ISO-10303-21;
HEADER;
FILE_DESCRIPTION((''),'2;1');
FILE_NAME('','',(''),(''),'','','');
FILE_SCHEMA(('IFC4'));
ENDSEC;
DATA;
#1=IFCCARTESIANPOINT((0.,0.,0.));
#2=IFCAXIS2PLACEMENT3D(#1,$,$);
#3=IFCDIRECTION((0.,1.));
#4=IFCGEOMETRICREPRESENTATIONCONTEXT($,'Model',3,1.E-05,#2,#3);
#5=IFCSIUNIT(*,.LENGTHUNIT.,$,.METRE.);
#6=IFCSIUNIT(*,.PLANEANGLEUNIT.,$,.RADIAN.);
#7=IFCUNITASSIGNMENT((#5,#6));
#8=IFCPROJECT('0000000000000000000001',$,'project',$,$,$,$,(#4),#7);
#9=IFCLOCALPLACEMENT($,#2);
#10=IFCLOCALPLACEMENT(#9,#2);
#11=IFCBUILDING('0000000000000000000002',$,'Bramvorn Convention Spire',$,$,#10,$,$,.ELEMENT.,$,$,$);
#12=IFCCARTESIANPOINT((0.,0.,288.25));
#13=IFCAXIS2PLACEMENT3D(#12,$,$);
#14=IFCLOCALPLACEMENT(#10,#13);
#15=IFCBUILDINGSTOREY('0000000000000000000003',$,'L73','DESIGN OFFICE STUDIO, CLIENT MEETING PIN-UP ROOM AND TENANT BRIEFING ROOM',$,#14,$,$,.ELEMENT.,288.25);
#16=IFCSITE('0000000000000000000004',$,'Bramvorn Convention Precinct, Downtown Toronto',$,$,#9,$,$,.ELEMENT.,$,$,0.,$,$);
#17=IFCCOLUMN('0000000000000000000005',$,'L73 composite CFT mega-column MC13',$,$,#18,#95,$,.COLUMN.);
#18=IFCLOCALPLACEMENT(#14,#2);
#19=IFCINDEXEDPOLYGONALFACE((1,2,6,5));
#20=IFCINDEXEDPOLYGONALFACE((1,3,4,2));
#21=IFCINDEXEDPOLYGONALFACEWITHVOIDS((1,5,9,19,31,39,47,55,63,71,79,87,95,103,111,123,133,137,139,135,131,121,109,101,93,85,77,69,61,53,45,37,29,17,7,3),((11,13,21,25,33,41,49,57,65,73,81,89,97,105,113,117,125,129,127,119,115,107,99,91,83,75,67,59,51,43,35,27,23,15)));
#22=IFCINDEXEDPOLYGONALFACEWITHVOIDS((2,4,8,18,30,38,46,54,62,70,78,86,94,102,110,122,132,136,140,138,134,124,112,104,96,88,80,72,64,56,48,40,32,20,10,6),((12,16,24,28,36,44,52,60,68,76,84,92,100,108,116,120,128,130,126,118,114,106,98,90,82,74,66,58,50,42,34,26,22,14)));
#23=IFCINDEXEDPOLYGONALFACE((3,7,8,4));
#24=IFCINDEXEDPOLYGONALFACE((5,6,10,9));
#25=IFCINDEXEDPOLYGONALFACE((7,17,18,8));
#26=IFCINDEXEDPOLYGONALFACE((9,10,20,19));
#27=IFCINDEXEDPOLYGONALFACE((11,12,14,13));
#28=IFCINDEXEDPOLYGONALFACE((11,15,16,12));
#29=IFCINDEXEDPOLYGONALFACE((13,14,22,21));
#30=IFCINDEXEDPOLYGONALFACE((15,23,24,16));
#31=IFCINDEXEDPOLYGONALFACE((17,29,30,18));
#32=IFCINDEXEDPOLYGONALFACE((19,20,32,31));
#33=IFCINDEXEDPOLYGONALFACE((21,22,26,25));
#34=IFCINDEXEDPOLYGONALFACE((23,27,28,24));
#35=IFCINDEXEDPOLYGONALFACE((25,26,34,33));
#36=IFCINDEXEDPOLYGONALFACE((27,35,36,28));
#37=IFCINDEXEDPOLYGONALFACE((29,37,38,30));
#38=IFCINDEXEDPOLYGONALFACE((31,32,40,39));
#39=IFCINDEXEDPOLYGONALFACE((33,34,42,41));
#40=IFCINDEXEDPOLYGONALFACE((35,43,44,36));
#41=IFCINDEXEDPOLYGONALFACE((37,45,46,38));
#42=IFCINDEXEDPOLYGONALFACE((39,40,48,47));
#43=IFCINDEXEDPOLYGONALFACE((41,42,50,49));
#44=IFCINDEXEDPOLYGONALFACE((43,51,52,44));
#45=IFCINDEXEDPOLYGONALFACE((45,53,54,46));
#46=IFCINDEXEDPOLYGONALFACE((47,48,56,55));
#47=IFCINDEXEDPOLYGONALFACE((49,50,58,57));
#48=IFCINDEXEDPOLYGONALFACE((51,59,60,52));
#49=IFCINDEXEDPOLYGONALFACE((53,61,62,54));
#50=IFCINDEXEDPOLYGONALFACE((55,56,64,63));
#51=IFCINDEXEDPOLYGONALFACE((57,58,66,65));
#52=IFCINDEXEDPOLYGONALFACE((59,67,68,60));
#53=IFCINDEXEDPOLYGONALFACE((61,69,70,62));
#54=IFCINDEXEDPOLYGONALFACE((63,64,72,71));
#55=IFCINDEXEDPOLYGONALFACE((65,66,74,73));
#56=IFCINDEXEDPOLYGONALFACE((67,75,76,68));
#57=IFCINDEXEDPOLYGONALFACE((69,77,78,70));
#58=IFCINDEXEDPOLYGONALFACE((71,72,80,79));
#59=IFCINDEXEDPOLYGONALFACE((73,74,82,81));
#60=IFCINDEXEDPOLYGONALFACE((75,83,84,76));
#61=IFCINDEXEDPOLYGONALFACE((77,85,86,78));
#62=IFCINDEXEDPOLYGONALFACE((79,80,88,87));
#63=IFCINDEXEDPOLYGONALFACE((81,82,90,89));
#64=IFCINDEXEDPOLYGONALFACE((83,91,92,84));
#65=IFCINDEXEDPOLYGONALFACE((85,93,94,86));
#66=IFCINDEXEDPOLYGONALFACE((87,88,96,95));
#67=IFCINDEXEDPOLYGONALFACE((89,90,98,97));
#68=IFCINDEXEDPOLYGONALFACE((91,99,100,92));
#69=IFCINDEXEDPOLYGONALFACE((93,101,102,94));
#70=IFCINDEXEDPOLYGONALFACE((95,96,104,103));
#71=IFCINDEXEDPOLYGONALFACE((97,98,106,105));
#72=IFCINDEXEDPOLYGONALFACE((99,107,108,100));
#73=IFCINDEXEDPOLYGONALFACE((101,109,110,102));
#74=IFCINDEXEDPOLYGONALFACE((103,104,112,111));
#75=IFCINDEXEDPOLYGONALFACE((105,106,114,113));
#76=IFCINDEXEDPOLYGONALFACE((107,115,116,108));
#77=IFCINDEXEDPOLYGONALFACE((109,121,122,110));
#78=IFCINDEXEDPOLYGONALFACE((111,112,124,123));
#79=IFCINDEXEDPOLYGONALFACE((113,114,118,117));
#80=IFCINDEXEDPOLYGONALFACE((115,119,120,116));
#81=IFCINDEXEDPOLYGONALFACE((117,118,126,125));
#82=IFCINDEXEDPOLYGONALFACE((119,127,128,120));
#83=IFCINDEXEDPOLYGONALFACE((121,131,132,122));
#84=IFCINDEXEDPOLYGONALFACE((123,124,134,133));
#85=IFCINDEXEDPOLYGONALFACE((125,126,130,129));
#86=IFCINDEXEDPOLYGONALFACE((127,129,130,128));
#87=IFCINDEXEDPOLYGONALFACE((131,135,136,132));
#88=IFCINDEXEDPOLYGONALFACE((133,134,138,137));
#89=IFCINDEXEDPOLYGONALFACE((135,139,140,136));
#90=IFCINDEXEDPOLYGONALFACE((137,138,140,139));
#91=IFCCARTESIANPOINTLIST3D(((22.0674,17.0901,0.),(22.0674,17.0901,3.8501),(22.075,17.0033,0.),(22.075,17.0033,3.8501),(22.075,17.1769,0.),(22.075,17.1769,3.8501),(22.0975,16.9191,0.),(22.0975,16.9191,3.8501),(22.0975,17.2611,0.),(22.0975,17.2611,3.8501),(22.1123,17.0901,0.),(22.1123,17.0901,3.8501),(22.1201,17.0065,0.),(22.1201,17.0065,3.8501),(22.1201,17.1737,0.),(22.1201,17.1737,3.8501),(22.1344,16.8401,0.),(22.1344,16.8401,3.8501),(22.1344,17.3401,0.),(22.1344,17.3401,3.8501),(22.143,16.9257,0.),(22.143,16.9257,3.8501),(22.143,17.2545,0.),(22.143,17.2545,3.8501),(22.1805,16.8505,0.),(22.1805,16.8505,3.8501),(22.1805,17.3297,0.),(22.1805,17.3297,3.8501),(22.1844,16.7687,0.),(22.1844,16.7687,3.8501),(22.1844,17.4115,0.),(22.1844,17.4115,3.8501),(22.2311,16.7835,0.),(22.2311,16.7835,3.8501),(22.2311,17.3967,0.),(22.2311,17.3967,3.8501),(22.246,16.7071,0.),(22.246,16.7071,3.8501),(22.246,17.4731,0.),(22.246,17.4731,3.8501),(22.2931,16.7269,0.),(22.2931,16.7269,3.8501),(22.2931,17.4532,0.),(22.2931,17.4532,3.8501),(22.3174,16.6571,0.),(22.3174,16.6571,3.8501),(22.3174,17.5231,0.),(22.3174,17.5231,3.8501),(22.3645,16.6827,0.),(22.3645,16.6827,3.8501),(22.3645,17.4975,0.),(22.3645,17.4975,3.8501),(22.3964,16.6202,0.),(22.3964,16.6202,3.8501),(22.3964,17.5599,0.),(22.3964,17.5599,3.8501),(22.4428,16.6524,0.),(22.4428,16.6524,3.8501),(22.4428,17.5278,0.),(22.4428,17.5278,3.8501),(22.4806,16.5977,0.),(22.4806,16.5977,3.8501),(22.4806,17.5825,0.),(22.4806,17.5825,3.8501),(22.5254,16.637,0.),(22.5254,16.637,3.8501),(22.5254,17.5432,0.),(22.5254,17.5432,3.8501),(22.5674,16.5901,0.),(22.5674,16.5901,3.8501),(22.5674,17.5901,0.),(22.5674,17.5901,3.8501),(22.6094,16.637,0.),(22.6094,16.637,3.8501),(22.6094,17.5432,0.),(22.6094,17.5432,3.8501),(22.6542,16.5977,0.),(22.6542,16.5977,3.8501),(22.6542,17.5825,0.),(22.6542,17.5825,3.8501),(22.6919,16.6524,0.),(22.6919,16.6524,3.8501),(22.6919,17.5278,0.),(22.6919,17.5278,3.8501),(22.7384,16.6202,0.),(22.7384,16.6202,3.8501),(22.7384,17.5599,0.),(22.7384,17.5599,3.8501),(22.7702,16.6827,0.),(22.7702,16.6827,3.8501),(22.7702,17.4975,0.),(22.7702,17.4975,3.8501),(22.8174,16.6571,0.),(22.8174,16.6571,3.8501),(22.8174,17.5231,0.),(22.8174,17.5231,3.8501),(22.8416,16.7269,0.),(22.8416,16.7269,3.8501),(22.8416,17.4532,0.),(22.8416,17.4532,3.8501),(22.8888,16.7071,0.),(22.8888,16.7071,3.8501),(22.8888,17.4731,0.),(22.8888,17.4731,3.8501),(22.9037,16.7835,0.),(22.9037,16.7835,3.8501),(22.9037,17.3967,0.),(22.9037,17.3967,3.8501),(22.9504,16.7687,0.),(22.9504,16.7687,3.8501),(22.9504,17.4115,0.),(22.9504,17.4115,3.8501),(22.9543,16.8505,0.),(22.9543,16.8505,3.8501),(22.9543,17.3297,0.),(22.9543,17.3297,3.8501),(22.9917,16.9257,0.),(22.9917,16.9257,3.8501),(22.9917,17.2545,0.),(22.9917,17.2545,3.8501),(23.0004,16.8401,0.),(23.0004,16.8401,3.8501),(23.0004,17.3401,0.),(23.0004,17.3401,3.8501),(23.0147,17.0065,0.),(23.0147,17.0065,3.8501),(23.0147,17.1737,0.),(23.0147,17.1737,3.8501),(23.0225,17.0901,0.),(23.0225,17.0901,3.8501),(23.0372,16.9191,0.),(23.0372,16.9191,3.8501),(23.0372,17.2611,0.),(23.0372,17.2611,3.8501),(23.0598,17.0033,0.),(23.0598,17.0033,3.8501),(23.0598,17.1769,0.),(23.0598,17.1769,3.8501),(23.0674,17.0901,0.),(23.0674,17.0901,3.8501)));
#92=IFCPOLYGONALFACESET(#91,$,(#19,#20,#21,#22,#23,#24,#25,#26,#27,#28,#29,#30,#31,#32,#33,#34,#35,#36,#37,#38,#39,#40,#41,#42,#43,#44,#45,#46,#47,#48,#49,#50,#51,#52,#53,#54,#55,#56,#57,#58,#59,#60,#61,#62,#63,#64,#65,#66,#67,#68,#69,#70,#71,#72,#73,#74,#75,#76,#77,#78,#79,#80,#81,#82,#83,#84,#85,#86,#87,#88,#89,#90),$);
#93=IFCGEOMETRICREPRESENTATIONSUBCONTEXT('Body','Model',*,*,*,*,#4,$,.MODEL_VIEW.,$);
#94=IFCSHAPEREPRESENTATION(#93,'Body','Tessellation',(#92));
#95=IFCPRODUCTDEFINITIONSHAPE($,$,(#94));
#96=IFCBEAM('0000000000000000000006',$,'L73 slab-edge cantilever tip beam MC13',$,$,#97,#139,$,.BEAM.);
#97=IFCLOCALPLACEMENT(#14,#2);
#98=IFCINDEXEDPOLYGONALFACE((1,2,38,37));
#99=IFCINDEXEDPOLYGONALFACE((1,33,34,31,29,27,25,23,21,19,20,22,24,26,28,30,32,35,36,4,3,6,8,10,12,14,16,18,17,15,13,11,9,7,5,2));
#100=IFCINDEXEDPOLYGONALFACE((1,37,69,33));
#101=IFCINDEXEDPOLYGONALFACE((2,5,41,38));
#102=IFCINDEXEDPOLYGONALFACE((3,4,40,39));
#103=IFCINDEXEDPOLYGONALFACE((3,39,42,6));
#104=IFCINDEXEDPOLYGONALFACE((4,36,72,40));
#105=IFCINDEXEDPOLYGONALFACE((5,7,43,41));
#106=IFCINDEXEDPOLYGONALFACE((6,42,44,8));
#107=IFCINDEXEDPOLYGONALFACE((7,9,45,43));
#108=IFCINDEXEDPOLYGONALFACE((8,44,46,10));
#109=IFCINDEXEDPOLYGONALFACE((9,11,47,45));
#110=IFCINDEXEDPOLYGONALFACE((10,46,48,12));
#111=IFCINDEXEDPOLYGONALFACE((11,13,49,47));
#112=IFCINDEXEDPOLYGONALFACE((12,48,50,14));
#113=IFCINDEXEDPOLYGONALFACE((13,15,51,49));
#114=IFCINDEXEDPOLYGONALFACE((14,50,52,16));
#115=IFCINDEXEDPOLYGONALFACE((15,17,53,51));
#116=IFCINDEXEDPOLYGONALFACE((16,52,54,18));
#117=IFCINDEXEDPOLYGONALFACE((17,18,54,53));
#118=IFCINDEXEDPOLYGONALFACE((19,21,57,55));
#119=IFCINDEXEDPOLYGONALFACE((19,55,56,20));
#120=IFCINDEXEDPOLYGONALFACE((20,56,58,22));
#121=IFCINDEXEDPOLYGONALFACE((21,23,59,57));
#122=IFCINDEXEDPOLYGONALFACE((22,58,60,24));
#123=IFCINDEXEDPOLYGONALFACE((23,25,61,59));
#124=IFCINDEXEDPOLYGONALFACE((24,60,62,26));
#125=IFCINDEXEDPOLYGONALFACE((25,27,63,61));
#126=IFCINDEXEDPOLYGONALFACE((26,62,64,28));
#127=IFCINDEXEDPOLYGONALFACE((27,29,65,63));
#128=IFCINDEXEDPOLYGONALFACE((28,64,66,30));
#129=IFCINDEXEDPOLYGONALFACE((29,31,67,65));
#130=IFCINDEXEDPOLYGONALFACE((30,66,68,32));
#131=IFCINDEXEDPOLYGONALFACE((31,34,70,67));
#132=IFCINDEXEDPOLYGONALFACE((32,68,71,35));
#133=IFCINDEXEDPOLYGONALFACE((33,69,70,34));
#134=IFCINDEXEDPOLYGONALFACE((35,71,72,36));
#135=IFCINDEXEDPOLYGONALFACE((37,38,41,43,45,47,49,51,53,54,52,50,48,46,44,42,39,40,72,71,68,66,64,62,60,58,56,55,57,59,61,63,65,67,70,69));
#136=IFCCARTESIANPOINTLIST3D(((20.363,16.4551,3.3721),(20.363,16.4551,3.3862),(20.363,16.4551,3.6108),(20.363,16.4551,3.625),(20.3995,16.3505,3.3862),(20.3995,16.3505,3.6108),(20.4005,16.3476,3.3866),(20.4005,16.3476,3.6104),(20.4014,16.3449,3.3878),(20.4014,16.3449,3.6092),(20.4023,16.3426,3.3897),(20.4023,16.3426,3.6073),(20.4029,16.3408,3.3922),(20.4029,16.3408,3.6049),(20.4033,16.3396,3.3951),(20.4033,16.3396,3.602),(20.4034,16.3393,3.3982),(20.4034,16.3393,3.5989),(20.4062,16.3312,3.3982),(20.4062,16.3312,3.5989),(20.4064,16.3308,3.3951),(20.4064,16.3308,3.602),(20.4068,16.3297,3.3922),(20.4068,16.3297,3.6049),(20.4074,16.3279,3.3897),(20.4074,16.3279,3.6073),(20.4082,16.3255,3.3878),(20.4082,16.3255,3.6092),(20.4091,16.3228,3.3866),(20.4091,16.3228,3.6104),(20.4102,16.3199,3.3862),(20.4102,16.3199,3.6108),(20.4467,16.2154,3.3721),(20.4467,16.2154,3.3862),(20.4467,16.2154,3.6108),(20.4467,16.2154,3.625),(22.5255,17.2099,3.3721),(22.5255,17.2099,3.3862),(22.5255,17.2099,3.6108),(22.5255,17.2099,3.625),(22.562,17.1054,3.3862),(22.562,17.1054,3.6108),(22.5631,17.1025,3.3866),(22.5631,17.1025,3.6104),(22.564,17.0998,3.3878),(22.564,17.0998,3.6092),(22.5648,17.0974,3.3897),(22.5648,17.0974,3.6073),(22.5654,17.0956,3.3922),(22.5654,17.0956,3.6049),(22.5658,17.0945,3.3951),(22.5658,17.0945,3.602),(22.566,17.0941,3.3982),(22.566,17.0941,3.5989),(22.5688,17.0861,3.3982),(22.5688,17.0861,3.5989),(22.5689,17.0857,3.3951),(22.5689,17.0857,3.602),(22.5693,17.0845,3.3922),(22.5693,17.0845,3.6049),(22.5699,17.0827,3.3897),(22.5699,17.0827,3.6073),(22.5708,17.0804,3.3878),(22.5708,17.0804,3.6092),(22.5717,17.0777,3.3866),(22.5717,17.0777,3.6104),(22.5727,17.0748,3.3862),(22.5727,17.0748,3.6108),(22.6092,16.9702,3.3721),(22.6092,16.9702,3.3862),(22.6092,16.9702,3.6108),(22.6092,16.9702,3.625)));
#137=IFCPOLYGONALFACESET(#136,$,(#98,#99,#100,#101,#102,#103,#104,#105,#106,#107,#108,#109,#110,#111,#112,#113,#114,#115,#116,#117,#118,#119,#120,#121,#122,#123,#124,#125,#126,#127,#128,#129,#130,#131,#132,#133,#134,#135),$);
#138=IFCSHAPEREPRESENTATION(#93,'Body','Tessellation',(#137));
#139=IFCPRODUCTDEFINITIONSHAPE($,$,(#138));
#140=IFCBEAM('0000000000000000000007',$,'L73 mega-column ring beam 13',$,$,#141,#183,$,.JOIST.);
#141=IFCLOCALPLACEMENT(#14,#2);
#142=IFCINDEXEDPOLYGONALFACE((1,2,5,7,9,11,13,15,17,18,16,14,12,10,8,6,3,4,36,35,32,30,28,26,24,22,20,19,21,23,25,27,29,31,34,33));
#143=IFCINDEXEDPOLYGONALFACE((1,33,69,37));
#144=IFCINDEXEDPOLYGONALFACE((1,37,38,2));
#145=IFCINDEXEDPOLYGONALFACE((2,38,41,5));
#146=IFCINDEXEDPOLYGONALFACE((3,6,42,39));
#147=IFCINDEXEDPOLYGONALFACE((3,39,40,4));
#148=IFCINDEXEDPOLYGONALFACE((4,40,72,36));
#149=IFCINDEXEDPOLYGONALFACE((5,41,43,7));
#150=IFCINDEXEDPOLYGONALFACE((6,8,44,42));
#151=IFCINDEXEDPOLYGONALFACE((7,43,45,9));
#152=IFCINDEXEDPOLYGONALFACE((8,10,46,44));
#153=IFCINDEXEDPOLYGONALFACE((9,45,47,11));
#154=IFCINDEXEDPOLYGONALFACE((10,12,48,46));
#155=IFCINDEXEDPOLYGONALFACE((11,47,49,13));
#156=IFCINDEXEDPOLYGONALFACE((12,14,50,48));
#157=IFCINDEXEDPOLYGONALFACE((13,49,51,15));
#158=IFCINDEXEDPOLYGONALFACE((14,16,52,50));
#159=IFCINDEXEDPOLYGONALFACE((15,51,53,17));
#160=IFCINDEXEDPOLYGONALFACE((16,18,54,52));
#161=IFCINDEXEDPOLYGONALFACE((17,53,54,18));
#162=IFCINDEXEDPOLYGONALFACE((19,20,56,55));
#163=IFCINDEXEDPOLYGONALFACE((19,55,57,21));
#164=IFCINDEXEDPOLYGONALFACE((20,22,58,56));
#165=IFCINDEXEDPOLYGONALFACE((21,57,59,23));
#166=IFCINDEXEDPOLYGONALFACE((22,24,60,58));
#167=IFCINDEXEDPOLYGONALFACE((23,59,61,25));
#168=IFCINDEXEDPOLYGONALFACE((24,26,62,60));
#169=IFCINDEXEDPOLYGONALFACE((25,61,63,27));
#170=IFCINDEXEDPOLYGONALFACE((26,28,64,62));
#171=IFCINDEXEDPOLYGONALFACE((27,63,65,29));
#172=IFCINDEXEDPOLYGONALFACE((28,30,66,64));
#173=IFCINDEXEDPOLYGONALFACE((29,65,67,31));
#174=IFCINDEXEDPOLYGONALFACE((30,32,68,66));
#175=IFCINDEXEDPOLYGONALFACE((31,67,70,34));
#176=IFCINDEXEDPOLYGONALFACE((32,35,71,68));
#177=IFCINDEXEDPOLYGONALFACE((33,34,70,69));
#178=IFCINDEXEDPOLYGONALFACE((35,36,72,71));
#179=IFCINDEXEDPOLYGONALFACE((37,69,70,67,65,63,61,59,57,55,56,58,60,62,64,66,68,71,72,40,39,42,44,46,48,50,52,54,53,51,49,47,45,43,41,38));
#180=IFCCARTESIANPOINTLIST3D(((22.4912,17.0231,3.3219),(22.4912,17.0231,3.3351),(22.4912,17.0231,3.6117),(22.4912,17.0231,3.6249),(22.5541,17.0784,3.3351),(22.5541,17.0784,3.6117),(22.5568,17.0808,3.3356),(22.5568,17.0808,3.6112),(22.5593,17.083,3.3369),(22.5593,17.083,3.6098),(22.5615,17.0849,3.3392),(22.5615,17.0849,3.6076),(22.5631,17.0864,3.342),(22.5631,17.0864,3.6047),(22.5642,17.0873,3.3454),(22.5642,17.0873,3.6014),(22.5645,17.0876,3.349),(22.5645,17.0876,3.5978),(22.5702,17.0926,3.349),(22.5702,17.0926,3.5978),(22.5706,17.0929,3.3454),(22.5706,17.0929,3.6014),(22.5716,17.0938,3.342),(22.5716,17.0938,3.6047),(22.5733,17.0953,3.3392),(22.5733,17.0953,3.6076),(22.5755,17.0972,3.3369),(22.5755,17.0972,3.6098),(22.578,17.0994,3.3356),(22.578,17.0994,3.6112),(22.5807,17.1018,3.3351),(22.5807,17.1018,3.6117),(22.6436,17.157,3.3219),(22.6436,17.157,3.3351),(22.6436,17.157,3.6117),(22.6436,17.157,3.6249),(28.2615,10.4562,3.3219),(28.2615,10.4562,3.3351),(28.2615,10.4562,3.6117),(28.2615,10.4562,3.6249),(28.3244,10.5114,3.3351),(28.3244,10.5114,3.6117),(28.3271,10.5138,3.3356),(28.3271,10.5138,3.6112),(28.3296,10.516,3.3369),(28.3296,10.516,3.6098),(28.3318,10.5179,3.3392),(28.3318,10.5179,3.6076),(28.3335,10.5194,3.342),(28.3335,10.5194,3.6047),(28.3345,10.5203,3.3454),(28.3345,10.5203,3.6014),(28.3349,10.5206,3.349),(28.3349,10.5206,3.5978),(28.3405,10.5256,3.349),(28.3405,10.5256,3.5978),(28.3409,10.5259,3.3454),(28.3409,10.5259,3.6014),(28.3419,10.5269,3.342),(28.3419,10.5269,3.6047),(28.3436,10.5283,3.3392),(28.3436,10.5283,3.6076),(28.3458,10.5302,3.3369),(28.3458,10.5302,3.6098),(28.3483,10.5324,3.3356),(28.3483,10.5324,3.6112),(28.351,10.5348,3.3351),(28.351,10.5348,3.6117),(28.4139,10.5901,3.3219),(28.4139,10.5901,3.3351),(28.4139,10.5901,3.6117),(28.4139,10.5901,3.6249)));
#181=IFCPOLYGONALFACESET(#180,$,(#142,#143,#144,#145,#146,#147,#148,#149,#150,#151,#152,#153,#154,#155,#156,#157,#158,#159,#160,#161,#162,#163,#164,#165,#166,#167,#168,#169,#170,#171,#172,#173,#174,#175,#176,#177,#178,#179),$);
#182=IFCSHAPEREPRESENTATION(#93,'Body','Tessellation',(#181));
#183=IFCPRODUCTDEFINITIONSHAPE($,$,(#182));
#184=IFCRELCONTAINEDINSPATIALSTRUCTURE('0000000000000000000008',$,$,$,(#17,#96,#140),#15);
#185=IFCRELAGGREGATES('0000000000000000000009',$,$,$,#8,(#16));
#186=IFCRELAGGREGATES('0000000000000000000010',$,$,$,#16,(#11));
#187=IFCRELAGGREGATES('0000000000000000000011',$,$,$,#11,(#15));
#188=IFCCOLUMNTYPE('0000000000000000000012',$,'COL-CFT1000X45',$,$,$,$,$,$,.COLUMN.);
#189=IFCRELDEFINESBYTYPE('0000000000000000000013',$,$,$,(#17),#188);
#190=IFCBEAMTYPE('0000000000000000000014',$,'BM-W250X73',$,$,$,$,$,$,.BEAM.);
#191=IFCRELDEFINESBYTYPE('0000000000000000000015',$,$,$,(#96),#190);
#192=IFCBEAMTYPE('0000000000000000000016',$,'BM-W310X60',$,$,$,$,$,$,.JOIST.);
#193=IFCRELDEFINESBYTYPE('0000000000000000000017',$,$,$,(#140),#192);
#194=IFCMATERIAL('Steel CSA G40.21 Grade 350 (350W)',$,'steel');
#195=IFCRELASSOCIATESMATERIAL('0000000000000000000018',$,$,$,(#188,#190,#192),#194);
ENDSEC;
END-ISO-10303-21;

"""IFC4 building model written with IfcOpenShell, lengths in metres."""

from ifc_helpers import new_model, si_unit, direction, frame, origin, origin_2d, place, context, subcontext, project, spatial, hollow_circle, i_section, extrude, material, material_profile, profile_set, type_object, element, save


model = new_model("IFC4")

# Units and contexts
model_context = context("Model", 3, precision=1e-05, world=origin(), true_north=direction((0.0, 1.0)))
body_context = subcontext(model_context, "Body", "Model", "MODEL_VIEW")
ifc_project = project(units=[si_unit("LENGTHUNIT", "METRE"), si_unit("PLANEANGLEUNIT", "RADIAN")], contexts=[model_context])

# Site, building, storey
site_placement = place(None, origin())
site = spatial("IfcSite", under=ifc_project, at=site_placement, Name="Bramvorn Convention Precinct, Downtown Toronto", CompositionType="ELEMENT", RefElevation=0.0)
building_placement = place(site_placement, origin())
building = spatial("IfcBuilding", under=site, at=building_placement, Name="Bramvorn Convention Spire", CompositionType="ELEMENT")
storey_placement = place(building_placement, frame((0.0, 0.0, 288.25)))
storey = spatial("IfcBuildingStorey", under=building, at=storey_placement, Name="L73", Description="DESIGN OFFICE STUDIO, CLIENT MEETING PIN-UP ROOM AND TENANT BRIEFING ROOM", CompositionType="ELEMENT", Elevation=288.25)

# Column
ifc_material_1 = material(Name="Steel CSA G40.21 Grade 350 (350W)", Category="steel")
ifc_material_profile_1 = material_profile(ifc_material_1, hollow_circle(Radius=0.5, WallThickness=0.0449, at=origin_2d()))
ifc_profile_set_1 = profile_set([ifc_material_profile_1], Name="Steel CSA G40.21 Grade 350 (350W) - CFT1000X45")
column_type = type_object("IfcColumnType", Name="COL-CFT1000X45", PredefinedType="COLUMN", material=ifc_profile_set_1)
column_placement = place(storey_placement, frame((22.5674, 17.0901, 0.0), z_axis=(0.0, 0.0, 1.0), x_axis=(1.0, 0.0, 0.0)))
element("IfcColumn", 1, at=column_placement, inside=storey, type_object=column_type, Name="L73 composite CFT mega-column MC13", PredefinedType="COLUMN", context=body_context, shape_type="SweptSolid", body=[
    extrude(hollow_circle(Radius=0.5, WallThickness=0.0449, at=origin_2d()), origin(), (0.0, 0.0, 1.0), 3.8501),
])

# Beams
ifc_material_profile_2 = material_profile(ifc_material_1, i_section(OverallWidth=0.2539, OverallDepth=0.2529, WebThickness=0.0085, FlangeThickness=0.0142, FilletRadius=0.012, at=origin_2d()))
ifc_profile_set_2 = profile_set([ifc_material_profile_2], Name="Steel CSA G40.21 Grade 350 (350W) - W250X73")
beam_type_1 = type_object("IfcBeamType", Name="BM-W250X73", PredefinedType="BEAM", material=ifc_profile_set_2)
beam_1_placement = place(storey_placement, frame((22.5674, 17.0901, 3.4985), z_axis=(-0.944134, -0.329562, 0.0), x_axis=(0.329562, -0.944134, 0.0)))
element("IfcBeam", 2, at=beam_1_placement, inside=storey, type_object=beam_type_1, Name="L73 slab-edge cantilever tip beam MC13", PredefinedType="BEAM", context=body_context, shape_type="SweptSolid", body=[
    extrude(i_section(OverallWidth=0.2539, OverallDepth=0.2529, WebThickness=0.0085, FlangeThickness=0.0142, FilletRadius=0.012, at=origin_2d()), origin(), (0.0, 0.0, 1.0), 2.2905),
])
ifc_material_profile_3 = material_profile(ifc_material_1, i_section(OverallWidth=0.2029, OverallDepth=0.303, WebThickness=0.0076, FlangeThickness=0.0132, FilletRadius=0.0139, at=origin_2d()))
ifc_profile_set_3 = profile_set([ifc_material_profile_3], Name="Steel CSA G40.21 Grade 350 (350W) - W310X60")
beam_type_2 = type_object("IfcBeamType", Name="BM-W310X60", PredefinedType="JOIST", material=ifc_profile_set_3)
beam_2_placement = place(storey_placement, frame((22.5674, 17.0901, 3.4734), z_axis=(0.660073, -0.751201, 0.0), x_axis=(0.751201, 0.660073, 0.0)))
element("IfcBeam", 3, at=beam_2_placement, inside=storey, type_object=beam_type_2, Name="L73 mega-column ring beam 13", PredefinedType="JOIST", context=body_context, shape_type="SweptSolid", body=[
    extrude(i_section(OverallWidth=0.2029, OverallDepth=0.303, WebThickness=0.0076, FlangeThickness=0.0132, FilletRadius=0.0139, at=origin_2d()), origin(), (0.0, 0.0, 1.0), 8.7419),
])

save(model, "model.ifc")
